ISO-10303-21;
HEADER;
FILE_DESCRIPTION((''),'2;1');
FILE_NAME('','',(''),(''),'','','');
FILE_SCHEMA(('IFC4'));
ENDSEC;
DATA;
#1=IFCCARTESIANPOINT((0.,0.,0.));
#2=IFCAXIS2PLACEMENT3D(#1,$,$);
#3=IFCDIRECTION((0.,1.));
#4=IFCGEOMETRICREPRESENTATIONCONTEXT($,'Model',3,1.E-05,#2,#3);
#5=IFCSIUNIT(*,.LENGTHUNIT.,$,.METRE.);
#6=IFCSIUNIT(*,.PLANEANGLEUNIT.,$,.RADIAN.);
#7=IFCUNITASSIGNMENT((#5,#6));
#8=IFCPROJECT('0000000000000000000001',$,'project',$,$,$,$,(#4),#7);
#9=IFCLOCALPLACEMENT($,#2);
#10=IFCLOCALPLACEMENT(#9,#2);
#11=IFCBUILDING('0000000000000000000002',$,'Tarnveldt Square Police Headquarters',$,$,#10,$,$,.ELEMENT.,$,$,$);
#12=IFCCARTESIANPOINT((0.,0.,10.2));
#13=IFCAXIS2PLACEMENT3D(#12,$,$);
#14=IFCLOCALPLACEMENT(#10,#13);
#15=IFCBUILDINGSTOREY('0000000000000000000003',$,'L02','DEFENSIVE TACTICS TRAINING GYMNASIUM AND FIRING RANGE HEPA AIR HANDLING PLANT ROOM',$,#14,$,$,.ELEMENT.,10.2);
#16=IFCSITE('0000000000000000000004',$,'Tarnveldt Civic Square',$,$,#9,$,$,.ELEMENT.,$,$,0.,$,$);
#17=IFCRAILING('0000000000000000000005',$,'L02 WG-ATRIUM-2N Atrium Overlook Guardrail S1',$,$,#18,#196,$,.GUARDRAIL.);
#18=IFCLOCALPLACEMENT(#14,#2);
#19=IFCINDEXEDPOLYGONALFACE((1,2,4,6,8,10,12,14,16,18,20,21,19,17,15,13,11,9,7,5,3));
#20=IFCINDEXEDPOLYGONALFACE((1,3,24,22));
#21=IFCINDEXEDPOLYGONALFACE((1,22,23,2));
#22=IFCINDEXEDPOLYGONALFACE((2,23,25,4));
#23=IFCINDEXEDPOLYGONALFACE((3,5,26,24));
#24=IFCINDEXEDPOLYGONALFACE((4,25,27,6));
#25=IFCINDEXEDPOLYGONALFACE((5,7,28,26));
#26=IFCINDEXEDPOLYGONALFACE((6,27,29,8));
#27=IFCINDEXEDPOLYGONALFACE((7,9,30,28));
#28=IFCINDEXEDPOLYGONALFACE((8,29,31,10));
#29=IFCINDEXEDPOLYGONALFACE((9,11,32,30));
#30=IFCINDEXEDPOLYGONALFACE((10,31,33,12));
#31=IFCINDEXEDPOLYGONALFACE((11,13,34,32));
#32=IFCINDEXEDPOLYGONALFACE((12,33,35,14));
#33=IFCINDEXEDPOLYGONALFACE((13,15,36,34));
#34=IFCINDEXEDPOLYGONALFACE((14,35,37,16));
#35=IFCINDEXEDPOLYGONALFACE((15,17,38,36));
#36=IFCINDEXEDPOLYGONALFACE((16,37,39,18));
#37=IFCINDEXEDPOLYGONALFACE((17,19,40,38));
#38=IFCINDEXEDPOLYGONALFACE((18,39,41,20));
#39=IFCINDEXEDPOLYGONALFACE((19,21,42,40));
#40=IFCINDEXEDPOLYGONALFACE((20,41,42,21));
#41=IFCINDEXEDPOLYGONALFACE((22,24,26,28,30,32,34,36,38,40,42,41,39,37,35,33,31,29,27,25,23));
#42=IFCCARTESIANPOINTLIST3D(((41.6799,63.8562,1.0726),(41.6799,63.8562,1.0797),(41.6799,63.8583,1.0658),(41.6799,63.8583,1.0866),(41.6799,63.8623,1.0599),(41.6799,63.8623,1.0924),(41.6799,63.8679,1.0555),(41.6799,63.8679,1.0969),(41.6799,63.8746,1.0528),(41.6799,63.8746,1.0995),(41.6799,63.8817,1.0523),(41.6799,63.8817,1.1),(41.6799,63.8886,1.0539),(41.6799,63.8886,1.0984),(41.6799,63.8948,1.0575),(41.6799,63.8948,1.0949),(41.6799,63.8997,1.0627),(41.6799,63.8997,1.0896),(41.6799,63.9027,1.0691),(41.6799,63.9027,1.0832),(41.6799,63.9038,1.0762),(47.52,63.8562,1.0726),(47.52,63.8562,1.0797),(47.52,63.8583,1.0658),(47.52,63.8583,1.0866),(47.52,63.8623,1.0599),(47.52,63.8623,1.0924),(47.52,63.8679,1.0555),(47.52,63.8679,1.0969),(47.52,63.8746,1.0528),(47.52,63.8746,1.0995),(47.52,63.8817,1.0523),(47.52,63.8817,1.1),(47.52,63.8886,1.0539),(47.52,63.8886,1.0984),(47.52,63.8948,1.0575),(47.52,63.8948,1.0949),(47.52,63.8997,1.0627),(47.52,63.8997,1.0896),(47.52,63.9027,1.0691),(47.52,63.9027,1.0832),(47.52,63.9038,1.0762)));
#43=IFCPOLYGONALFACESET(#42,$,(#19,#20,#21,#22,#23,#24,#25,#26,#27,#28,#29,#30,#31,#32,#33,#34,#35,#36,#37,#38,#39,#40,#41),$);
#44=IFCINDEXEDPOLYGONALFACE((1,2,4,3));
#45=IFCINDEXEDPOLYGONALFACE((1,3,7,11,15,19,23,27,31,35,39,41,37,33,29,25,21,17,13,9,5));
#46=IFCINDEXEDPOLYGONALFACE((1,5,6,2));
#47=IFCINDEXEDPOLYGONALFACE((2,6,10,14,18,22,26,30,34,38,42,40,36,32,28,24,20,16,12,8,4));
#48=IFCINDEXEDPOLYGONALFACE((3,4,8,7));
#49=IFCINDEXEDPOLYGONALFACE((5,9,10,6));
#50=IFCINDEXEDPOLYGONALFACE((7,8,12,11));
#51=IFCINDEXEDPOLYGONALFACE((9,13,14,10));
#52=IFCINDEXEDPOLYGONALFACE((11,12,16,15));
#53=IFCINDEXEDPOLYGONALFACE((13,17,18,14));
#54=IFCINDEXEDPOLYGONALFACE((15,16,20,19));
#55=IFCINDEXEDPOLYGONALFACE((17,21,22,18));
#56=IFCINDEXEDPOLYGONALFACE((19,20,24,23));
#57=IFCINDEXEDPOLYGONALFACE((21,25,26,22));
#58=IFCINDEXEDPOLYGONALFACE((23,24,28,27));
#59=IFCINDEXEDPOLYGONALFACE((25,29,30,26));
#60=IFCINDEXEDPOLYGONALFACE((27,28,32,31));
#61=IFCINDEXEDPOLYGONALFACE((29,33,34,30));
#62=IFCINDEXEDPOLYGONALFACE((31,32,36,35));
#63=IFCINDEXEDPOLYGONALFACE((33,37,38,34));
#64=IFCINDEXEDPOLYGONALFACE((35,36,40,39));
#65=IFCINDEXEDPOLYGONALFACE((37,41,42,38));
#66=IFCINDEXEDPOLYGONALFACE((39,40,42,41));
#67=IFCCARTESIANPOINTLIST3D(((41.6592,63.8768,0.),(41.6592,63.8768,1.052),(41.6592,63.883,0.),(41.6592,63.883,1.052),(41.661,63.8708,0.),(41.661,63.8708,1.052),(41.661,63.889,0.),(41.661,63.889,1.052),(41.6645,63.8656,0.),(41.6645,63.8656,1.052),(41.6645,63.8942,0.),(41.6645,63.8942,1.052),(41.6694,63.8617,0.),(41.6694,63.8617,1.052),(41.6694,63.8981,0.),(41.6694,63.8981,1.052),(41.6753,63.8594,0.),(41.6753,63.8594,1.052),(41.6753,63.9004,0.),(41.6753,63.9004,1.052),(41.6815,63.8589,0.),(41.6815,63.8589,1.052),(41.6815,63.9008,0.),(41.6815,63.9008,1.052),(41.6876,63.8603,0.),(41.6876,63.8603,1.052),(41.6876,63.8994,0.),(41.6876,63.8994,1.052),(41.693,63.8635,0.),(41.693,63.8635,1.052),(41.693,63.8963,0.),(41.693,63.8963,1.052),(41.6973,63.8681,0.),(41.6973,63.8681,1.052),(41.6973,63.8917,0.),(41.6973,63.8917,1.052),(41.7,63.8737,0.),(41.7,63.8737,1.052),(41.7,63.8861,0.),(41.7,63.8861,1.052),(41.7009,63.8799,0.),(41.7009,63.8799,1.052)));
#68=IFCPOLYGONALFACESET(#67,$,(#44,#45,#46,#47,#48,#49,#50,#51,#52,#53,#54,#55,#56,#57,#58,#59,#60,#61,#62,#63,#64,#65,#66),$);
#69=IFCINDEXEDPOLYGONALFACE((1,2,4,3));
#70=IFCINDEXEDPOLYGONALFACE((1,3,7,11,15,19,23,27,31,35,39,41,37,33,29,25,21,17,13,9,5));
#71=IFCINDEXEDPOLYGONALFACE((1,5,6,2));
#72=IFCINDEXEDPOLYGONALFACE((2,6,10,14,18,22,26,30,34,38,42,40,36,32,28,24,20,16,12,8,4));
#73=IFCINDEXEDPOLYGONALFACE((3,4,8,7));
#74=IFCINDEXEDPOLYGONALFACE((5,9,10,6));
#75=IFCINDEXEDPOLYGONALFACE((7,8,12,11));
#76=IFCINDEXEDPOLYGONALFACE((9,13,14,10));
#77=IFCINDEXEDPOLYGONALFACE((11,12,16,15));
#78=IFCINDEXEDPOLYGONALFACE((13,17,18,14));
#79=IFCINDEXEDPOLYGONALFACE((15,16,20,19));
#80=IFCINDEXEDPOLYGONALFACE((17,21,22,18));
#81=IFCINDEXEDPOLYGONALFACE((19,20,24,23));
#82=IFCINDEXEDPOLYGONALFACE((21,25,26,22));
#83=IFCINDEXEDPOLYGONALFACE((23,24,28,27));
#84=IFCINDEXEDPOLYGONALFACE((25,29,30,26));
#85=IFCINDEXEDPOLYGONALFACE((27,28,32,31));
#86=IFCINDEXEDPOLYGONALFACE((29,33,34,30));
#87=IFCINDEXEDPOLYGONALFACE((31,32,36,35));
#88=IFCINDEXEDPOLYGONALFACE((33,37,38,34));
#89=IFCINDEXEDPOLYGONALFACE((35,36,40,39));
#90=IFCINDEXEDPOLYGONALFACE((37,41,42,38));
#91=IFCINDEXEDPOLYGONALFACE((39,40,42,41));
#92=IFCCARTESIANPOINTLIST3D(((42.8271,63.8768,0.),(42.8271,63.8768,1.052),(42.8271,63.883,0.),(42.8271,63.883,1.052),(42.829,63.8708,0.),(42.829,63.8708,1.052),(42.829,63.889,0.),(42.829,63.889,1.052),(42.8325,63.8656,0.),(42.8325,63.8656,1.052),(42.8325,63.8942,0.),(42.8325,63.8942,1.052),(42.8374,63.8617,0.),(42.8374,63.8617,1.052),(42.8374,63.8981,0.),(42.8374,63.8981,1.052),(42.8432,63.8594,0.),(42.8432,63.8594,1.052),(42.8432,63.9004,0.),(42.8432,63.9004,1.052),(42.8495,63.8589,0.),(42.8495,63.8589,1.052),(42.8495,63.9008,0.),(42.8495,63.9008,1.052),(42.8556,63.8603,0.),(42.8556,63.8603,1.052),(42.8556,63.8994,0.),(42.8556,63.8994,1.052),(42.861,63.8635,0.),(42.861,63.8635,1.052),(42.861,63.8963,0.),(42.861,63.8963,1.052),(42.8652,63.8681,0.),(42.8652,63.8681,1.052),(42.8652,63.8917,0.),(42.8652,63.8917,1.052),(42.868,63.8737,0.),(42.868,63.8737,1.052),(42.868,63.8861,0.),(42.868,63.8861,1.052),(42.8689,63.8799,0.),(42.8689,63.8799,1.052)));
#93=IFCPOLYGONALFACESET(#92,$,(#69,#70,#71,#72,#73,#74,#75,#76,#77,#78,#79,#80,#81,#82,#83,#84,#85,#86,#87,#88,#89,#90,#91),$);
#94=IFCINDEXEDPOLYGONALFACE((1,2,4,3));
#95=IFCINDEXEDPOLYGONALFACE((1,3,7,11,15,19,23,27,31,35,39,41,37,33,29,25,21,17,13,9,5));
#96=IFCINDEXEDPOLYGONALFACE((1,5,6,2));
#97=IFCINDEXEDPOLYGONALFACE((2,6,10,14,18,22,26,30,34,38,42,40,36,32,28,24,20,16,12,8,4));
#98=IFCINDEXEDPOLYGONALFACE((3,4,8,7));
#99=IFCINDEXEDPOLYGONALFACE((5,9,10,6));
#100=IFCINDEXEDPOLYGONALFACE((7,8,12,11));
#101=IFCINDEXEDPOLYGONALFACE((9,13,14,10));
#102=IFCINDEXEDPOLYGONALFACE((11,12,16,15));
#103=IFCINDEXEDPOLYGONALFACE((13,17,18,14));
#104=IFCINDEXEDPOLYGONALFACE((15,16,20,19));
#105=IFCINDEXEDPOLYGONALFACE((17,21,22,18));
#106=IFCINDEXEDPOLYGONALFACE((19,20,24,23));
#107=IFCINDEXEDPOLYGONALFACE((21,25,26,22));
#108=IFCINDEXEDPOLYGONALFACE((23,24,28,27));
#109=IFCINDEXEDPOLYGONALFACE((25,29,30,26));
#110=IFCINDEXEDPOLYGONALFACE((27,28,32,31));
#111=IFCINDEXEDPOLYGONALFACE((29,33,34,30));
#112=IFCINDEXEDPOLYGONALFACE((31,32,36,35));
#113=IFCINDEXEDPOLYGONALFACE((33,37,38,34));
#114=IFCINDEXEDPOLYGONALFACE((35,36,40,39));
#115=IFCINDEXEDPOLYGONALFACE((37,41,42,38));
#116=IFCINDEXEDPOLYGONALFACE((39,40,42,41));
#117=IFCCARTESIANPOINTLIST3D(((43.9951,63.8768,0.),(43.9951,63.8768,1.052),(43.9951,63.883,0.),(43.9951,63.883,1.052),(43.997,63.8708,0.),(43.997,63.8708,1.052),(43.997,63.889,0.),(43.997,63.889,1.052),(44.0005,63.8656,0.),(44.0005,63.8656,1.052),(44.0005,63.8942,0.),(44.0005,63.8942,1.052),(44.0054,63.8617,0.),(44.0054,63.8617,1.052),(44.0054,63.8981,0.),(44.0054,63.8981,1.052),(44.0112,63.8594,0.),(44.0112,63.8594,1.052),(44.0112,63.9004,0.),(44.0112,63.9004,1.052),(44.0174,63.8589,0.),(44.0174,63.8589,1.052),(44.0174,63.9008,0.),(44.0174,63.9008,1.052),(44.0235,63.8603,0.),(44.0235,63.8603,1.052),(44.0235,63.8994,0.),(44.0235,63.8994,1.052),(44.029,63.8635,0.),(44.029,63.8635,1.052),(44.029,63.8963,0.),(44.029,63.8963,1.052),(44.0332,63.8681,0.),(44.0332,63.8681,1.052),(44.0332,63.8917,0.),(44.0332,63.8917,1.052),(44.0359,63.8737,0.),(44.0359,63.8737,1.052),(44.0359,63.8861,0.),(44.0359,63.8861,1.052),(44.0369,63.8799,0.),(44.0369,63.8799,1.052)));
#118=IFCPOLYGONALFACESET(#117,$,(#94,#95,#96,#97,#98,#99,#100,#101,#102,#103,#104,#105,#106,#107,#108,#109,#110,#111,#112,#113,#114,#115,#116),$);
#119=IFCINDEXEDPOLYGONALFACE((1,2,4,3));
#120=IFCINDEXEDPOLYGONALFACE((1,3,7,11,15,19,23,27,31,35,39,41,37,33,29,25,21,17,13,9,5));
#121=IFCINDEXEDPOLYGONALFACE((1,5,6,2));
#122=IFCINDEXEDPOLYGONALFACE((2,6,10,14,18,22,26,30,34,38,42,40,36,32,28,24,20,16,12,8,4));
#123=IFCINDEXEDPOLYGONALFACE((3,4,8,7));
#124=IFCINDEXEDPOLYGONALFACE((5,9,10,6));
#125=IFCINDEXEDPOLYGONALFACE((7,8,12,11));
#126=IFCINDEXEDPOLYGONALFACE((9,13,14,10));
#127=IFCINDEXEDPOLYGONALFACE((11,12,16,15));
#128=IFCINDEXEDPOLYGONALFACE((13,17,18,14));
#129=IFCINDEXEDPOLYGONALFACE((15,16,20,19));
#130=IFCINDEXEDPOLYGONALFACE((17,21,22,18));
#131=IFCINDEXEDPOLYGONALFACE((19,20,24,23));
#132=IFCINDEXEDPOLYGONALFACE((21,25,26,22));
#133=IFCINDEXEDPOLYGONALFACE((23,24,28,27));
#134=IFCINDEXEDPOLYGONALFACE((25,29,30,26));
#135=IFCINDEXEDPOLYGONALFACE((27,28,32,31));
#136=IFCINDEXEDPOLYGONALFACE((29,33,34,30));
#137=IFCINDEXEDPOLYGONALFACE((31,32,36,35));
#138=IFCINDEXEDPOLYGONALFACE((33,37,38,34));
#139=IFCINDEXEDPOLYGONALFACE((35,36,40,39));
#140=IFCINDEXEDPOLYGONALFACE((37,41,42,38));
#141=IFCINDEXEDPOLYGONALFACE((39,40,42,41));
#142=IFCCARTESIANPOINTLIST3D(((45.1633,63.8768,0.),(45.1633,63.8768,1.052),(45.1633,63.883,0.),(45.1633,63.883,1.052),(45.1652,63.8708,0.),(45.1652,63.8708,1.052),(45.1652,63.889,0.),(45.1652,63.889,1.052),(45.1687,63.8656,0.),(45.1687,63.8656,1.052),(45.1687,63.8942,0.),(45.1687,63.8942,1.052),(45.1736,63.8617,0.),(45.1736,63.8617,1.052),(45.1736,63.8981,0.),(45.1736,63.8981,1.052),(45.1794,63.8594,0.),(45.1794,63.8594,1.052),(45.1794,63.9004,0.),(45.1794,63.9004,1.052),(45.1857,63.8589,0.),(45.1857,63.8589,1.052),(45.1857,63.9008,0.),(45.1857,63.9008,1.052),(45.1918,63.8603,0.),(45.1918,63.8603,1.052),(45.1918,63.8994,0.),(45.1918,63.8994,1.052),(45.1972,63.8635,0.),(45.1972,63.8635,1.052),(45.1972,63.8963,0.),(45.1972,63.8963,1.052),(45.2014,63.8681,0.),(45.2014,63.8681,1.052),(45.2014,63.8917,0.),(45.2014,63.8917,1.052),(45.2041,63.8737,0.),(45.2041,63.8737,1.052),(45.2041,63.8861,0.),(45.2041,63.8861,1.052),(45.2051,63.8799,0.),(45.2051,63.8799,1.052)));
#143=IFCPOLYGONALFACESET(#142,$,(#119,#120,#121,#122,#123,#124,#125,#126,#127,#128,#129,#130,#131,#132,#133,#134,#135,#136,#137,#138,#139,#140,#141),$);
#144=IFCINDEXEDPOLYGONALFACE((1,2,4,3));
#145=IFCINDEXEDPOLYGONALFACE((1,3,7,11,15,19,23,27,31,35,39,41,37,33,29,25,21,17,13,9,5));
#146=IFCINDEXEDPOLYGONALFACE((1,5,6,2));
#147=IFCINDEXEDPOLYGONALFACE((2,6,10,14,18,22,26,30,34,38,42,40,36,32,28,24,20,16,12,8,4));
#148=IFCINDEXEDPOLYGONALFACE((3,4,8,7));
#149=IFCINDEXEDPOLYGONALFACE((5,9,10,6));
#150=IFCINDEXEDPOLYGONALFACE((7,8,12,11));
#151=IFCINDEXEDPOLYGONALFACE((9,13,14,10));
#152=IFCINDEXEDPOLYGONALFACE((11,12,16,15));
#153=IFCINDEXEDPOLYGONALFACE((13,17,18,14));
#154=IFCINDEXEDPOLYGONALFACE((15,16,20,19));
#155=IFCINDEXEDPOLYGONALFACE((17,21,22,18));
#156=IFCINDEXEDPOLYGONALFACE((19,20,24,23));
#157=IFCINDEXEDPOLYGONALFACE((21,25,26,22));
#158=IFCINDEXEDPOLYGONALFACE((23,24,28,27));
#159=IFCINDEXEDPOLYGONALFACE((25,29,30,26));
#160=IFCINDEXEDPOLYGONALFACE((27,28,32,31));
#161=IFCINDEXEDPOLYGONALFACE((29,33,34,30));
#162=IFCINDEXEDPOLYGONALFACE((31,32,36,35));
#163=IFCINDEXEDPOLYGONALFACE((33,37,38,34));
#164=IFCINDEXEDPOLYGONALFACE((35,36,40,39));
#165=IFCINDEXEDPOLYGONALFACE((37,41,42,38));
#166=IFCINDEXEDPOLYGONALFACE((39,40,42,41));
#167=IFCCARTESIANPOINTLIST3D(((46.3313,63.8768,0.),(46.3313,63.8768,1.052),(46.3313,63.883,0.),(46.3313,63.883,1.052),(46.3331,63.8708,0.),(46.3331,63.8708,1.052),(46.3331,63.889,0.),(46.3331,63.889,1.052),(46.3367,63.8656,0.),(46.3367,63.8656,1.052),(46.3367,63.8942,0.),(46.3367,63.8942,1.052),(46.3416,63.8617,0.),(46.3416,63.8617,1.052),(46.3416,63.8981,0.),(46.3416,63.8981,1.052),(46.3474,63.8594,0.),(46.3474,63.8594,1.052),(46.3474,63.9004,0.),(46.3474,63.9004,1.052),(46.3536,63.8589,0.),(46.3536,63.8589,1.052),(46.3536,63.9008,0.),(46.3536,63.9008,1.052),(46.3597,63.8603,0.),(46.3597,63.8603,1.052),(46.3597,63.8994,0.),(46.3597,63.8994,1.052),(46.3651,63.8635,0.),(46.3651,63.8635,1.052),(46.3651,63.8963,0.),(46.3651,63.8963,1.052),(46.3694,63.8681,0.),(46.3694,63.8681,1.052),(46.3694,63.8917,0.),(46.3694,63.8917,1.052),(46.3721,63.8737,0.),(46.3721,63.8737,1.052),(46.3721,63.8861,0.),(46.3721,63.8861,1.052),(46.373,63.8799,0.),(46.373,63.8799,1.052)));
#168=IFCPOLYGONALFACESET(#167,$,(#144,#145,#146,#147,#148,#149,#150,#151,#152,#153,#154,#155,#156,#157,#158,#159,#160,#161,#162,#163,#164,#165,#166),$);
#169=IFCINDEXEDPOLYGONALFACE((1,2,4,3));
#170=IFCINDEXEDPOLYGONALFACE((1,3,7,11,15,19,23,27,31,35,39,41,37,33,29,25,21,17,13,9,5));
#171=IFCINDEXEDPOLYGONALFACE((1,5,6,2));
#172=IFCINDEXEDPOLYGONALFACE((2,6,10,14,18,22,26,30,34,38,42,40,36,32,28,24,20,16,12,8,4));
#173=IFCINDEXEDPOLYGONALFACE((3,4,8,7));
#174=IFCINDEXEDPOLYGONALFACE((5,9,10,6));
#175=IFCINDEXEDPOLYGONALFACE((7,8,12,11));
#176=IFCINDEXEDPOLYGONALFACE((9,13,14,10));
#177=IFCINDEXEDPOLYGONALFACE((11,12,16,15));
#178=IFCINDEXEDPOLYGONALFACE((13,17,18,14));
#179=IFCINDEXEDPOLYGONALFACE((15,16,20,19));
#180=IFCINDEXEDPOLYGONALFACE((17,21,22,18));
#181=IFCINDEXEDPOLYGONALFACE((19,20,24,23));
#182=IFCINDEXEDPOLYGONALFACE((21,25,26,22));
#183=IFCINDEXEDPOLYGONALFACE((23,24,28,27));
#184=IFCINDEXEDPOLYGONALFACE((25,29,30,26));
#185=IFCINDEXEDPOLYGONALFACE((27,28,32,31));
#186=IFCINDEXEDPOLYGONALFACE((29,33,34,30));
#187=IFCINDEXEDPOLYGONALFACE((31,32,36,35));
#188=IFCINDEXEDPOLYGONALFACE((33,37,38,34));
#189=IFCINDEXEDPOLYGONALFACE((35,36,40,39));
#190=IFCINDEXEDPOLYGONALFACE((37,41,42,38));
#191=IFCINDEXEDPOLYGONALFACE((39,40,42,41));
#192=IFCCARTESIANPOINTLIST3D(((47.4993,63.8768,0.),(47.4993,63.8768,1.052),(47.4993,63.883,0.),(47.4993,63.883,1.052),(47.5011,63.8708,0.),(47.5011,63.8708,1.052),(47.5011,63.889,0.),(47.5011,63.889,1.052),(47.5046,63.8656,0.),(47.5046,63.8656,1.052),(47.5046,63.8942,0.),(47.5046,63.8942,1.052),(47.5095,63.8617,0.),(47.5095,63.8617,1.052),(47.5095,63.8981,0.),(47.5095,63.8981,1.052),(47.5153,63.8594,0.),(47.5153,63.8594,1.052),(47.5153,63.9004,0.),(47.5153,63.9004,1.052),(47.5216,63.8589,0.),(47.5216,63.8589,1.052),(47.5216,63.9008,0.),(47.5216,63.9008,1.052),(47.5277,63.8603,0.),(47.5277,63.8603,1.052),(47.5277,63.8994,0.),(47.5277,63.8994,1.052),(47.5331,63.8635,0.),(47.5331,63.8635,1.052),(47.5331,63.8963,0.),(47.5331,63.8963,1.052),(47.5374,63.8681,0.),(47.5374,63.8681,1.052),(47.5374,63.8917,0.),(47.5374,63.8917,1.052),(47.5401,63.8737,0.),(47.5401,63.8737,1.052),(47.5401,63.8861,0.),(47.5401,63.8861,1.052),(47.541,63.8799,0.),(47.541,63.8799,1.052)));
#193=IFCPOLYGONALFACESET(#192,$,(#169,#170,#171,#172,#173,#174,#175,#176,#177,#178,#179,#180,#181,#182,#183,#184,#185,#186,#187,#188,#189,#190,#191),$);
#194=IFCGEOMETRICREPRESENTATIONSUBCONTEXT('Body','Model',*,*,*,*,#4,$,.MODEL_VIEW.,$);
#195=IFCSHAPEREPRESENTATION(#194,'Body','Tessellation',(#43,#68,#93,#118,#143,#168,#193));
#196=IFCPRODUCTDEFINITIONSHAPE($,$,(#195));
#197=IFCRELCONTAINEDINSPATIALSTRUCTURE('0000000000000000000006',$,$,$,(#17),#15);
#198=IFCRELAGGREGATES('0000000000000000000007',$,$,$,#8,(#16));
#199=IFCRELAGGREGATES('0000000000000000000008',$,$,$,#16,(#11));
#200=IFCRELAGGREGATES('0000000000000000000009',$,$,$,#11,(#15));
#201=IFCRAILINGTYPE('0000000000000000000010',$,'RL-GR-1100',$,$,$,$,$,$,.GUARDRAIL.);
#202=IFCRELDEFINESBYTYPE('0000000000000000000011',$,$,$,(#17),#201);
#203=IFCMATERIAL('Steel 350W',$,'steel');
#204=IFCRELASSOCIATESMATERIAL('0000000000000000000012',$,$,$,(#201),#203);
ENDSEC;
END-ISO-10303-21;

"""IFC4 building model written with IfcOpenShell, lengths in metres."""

from ifc_helpers import new_model, si_unit, direction, frame, origin, origin_2d, place, context, subcontext, project, spatial, circle, extrude, material, type_object, element, save


model = new_model("IFC4")

# Units and contexts
model_context = context("Model", 3, precision=1e-05, world=origin(), true_north=direction((0.0, 1.0)))
body_context = subcontext(model_context, "Body", "Model", "MODEL_VIEW")
ifc_project = project(units=[si_unit("LENGTHUNIT", "METRE"), si_unit("PLANEANGLEUNIT", "RADIAN")], contexts=[model_context])

# Site, building, storey
site_placement = place(None, origin())
site = spatial("IfcSite", under=ifc_project, at=site_placement, Name="Tarnveldt Civic Square", CompositionType="ELEMENT", RefElevation=0.0)
building_placement = place(site_placement, origin())
building = spatial("IfcBuilding", under=site, at=building_placement, Name="Tarnveldt Square Police Headquarters", CompositionType="ELEMENT")
storey_placement = place(building_placement, frame((0.0, 0.0, 10.2)))
storey = spatial("IfcBuildingStorey", under=building, at=storey_placement, Name="L02", Description="DEFENSIVE TACTICS TRAINING GYMNASIUM AND FIRING RANGE HEPA AIR HANDLING PLANT ROOM", CompositionType="ELEMENT", Elevation=10.2)

# Shared definitions
ifc_material_1 = material(Name="Steel 350W", Category="steel")

# Railing
railing_type = type_object("IfcRailingType", Name="RL-GR-1100", PredefinedType="GUARDRAIL", material=ifc_material_1)
railing_1_placement = place(storey_placement, frame((41.6799, 63.8799, 0.0)))
element("IfcRailing", 1, at=railing_1_placement, inside=storey, type_object=railing_type, Name="L02 WG-ATRIUM-2N Atrium Overlook Guardrail S1", PredefinedType="GUARDRAIL", context=body_context, shape_type="SweptSolid", body=[
    extrude(circle(Radius=0.0239, at=origin_2d()), frame((0.0, 0.0, 1.0762), z_axis=(1.0, 0.0, 0.0), x_axis=(0.0, 1.0, 0.0)), (0.0, 0.0, 1.0), 5.8401),
    extrude(circle(Radius=0.021, at=origin_2d()), origin(), (0.0, 0.0, 1.0), 1.052),
    extrude(circle(Radius=0.021, at=origin_2d()), frame((1.168, 0.0, 0.0)), (0.0, 0.0, 1.0), 1.052),
    extrude(circle(Radius=0.021, at=origin_2d()), frame((2.3359, 0.0, 0.0)), (0.0, 0.0, 1.0), 1.052),
    extrude(circle(Radius=0.021, at=origin_2d()), frame((3.5042, 0.0, 0.0)), (0.0, 0.0, 1.0), 1.052),
    extrude(circle(Radius=0.021, at=origin_2d()), frame((4.6721, 0.0, 0.0)), (0.0, 0.0, 1.0), 1.052),
    extrude(circle(Radius=0.021, at=origin_2d()), frame((5.8401, 0.0, 0.0)), (0.0, 0.0, 1.0), 1.052),
])

save(model, "model.ifc")
